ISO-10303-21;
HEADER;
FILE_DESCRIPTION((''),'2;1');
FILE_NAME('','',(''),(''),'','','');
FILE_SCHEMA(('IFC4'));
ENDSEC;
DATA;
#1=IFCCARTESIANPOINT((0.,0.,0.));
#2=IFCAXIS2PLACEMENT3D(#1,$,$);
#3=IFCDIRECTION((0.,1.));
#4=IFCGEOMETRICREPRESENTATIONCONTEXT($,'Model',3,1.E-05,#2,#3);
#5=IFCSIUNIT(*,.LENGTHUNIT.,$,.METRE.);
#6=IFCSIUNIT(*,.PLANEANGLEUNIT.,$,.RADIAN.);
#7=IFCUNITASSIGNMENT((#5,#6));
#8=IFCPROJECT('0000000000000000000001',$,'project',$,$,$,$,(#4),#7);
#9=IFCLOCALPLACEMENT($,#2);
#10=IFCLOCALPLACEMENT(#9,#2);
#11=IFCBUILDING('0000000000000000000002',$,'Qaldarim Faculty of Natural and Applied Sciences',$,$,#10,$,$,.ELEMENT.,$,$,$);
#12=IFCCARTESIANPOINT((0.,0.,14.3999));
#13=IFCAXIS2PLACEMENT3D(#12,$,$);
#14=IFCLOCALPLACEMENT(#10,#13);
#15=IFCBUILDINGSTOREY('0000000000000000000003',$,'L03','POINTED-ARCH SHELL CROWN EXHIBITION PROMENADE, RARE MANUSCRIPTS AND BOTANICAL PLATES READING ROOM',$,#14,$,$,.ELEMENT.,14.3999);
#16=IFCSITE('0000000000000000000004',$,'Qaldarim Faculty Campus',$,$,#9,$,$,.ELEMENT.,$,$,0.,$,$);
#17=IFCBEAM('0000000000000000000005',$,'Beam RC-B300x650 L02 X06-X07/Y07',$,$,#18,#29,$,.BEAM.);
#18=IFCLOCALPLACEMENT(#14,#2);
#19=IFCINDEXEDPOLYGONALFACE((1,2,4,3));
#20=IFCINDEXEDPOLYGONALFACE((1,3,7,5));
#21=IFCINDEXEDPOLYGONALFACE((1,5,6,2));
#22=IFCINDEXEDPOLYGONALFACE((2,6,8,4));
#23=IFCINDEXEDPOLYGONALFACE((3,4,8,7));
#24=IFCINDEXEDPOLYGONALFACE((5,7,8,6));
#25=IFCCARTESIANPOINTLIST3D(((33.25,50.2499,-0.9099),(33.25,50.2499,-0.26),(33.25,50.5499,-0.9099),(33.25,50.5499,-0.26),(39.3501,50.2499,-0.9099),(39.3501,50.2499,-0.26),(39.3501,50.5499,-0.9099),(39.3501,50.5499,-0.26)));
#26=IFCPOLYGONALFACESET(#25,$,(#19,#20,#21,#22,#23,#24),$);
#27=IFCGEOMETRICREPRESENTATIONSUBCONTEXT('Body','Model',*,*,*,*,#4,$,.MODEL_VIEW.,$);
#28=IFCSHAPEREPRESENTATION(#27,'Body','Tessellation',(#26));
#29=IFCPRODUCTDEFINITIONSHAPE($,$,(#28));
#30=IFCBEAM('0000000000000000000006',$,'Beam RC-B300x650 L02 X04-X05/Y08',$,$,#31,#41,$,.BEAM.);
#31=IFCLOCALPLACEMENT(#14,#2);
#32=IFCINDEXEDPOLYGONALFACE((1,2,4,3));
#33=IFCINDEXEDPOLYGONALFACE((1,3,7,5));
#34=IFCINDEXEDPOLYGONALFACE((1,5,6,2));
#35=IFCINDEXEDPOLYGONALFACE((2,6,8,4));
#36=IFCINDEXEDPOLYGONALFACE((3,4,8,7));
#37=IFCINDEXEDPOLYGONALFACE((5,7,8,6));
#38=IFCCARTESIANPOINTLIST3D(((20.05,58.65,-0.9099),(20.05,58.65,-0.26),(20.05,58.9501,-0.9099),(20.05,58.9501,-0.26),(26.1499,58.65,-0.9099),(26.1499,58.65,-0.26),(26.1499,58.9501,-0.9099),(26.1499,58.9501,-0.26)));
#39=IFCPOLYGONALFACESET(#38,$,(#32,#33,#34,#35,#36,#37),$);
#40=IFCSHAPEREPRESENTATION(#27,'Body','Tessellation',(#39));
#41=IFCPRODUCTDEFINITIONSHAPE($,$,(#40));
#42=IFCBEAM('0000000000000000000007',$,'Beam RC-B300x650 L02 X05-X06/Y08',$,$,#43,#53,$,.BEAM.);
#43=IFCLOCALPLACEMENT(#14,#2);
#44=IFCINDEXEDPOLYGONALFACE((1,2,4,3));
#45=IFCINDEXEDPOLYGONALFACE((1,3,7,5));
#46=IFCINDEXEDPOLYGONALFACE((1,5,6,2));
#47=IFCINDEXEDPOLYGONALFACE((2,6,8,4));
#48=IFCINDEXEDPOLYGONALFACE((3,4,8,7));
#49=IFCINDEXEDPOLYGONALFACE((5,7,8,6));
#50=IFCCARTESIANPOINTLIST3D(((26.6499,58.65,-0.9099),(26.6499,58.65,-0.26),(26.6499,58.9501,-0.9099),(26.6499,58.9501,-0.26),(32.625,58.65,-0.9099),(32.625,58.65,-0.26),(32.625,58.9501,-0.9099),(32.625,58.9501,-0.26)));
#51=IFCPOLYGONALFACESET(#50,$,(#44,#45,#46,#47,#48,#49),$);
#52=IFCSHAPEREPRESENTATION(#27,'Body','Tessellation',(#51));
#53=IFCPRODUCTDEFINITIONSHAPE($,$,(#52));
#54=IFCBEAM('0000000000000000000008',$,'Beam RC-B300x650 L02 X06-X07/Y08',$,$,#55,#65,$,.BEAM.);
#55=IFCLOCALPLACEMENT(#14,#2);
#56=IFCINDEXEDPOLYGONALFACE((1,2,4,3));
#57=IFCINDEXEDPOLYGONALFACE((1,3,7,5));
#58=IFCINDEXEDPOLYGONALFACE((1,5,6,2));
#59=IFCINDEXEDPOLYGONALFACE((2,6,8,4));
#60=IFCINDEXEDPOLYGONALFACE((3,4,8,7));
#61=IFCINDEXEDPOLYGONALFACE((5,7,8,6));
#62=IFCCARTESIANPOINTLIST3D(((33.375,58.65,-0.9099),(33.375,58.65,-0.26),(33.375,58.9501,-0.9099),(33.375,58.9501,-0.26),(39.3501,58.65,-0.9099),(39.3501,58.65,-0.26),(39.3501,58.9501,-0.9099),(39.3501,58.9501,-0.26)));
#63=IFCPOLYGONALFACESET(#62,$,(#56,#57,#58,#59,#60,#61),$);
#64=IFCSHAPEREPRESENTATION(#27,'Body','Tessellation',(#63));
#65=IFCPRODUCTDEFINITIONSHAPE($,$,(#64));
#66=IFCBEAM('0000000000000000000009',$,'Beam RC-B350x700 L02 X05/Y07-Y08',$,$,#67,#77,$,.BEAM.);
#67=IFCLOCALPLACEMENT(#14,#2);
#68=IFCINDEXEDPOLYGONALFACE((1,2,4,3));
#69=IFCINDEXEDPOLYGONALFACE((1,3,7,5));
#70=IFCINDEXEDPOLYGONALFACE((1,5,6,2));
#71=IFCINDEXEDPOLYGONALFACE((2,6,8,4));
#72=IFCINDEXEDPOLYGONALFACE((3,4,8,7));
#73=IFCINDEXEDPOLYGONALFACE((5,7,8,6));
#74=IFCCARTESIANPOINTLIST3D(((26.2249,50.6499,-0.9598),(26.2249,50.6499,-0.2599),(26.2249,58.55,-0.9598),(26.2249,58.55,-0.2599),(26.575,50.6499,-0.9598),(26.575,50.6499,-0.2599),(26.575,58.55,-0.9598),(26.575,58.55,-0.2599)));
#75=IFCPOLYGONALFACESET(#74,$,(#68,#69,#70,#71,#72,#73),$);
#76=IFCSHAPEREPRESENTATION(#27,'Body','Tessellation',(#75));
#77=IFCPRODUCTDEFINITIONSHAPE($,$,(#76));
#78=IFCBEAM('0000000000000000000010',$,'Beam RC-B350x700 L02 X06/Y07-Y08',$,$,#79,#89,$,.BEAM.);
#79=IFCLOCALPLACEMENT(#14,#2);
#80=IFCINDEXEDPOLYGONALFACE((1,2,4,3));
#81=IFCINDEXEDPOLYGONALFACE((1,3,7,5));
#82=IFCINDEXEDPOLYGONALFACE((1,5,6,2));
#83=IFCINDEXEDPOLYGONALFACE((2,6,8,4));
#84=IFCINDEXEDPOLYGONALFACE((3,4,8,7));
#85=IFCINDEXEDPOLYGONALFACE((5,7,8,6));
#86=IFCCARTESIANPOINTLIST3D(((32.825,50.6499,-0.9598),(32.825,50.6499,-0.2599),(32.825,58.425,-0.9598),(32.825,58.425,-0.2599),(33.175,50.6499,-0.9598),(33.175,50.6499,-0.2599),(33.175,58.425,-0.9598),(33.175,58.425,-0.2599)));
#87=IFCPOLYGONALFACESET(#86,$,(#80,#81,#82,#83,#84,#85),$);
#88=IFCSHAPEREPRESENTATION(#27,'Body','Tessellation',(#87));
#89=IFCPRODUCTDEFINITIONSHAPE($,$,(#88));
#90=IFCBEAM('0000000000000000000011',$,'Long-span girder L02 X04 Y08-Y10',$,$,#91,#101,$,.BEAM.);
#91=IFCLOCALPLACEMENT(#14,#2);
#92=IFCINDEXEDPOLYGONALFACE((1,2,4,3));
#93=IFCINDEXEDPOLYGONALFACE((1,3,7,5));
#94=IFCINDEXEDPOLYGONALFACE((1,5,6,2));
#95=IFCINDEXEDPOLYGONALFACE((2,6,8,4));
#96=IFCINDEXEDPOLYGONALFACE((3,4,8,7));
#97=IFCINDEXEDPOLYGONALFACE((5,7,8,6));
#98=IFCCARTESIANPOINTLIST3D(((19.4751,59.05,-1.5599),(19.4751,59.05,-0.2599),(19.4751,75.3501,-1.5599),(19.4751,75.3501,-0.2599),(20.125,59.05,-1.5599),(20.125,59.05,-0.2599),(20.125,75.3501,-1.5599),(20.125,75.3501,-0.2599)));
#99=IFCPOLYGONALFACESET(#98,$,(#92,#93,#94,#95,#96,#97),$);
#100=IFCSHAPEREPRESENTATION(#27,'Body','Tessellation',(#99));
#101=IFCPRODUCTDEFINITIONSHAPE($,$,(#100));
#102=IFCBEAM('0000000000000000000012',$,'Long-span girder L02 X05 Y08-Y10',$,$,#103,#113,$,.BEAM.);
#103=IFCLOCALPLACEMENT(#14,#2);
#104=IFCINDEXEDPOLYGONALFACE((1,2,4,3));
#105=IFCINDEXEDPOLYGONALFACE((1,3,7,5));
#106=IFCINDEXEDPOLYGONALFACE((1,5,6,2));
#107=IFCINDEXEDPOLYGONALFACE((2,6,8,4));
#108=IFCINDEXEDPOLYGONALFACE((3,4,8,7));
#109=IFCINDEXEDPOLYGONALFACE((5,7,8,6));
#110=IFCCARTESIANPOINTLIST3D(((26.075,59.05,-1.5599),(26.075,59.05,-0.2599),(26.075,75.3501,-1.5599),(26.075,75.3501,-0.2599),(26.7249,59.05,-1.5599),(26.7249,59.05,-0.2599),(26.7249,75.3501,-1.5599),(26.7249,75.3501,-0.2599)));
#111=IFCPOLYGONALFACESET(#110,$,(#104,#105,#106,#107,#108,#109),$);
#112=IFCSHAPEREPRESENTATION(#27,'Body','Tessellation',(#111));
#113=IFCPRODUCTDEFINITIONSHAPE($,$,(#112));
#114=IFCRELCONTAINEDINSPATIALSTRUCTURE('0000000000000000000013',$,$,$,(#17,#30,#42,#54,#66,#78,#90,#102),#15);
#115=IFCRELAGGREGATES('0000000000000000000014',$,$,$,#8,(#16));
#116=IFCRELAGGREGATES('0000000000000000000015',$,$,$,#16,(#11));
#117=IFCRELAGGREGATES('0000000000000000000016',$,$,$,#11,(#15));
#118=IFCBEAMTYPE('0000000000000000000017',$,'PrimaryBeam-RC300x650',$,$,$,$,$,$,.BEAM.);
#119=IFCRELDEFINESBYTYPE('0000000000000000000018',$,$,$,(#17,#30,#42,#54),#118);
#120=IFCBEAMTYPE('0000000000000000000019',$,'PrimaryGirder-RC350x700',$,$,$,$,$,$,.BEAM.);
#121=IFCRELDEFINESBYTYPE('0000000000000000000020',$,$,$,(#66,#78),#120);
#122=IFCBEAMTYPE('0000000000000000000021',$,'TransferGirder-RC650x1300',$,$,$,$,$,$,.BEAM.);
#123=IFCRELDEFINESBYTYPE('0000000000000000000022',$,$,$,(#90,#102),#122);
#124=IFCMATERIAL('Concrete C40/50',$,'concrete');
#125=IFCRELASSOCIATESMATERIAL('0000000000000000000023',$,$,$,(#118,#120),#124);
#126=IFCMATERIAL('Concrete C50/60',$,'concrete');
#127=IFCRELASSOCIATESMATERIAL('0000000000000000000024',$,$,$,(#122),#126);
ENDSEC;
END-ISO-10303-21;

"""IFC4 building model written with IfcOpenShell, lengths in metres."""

from ifc_helpers import new_model, si_unit, direction, frame, origin, origin_2d, place, context, subcontext, project, spatial, rectangle, extrude, material, material_profile, profile_set, type_object, element, save


model = new_model("IFC4")

# Units and contexts
model_context = context("Model", 3, precision=1e-05, world=origin(), true_north=direction((0.0, 1.0)))
body_context = subcontext(model_context, "Body", "Model", "MODEL_VIEW")
ifc_project = project(units=[si_unit("LENGTHUNIT", "METRE"), si_unit("PLANEANGLEUNIT", "RADIAN")], contexts=[model_context])

# Site, building, storey
site_placement = place(None, origin())
site = spatial("IfcSite", under=ifc_project, at=site_placement, Name="Qaldarim Faculty Campus", CompositionType="ELEMENT", RefElevation=0.0)
building_placement = place(site_placement, origin())
building = spatial("IfcBuilding", under=site, at=building_placement, Name="Qaldarim Faculty of Natural and Applied Sciences", CompositionType="ELEMENT")
storey_placement = place(building_placement, frame((0.0, 0.0, 14.3999)))
storey = spatial("IfcBuildingStorey", under=building, at=storey_placement, Name="L03", Description="POINTED-ARCH SHELL CROWN EXHIBITION PROMENADE, RARE MANUSCRIPTS AND BOTANICAL PLATES READING ROOM", CompositionType="ELEMENT", Elevation=14.3999)

# Shared definitions
ifc_material_1 = material(Name="Concrete C50/60", Category="concrete")
ifc_material_2 = material(Name="Concrete C40/50", Category="concrete")

# Beams
ifc_material_profile_1 = material_profile(ifc_material_2, rectangle(XDim=0.3, YDim=0.6499, at=origin_2d()), Name="RC-B300x650")
ifc_profile_set_1 = profile_set([ifc_material_profile_1], Name="Concrete C40/50")
beam_type_1 = type_object("IfcBeamType", Name="PrimaryBeam-RC300x650", PredefinedType="BEAM", material=ifc_profile_set_1)
for number, where, z_axis, x_axis, name in (
    (1, (33.25, 50.3999, -0.585), (1.0, 0.0, 0.0), (0.0, 1.0, 0.0), "Beam RC-B300x650 L02 X06-X07/Y07"),
):
    element("IfcBeam", number, at=place(storey_placement, frame(where, z_axis=z_axis, x_axis=x_axis)), inside=storey, type_object=beam_type_1, Name=name, PredefinedType="BEAM", context=body_context, shape_type="SweptSolid", body=[
        extrude(rectangle(XDim=0.3, YDim=0.6499, at=origin_2d()), origin(), (0.0, 0.0, 1.0), 6.1001),
    ])
beam_1_placement = place(storey_placement, frame((20.05, 58.8, -0.585), z_axis=(1.0, 0.0, 0.0), x_axis=(0.0, 1.0, 0.0)))
element("IfcBeam", 2, at=beam_1_placement, inside=storey, type_object=beam_type_1, Name="Beam RC-B300x650 L02 X04-X05/Y08", PredefinedType="BEAM", context=body_context, shape_type="SweptSolid", body=[
    extrude(rectangle(XDim=0.3, YDim=0.6499, at=origin_2d()), origin(), (0.0, 0.0, 1.0), 6.0999),
])
for number, where, z_axis, x_axis, name in (
    (3, (26.6499, 58.8, -0.585), (1.0, 0.0, 0.0), (0.0, 1.0, 0.0), "Beam RC-B300x650 L02 X05-X06/Y08"),
    (4, (33.375, 58.8, -0.585), (1.0, 0.0, 0.0), (0.0, 1.0, 0.0), "Beam RC-B300x650 L02 X06-X07/Y08"),
):
    element("IfcBeam", number, at=place(storey_placement, frame(where, z_axis=z_axis, x_axis=x_axis)), inside=storey, type_object=beam_type_1, Name=name, PredefinedType="BEAM", context=body_context, shape_type="SweptSolid", body=[
        extrude(rectangle(XDim=0.3, YDim=0.6499, at=origin_2d()), origin(), (0.0, 0.0, 1.0), 5.9751),
    ])
ifc_material_profile_2 = material_profile(ifc_material_2, rectangle(XDim=0.3501, YDim=0.7, at=origin_2d()), Name="RC-B350x700")
ifc_profile_set_2 = profile_set([ifc_material_profile_2], Name="Concrete C40/50")
beam_type_2 = type_object("IfcBeamType", Name="PrimaryGirder-RC350x700", PredefinedType="BEAM", material=ifc_profile_set_2)
beam_2_placement = place(storey_placement, frame((26.3999, 50.6499, -0.6099), z_axis=(0.0, 1.0, 0.0), x_axis=(-1.0, 0.0, 0.0)))
element("IfcBeam", 5, at=beam_2_placement, inside=storey, type_object=beam_type_2, Name="Beam RC-B350x700 L02 X05/Y07-Y08", PredefinedType="BEAM", context=body_context, shape_type="SweptSolid", body=[
    extrude(rectangle(XDim=0.3501, YDim=0.7, at=origin_2d()), origin(), (0.0, 0.0, 1.0), 7.9001),
])
beam_3_placement = place(storey_placement, frame((33.0, 50.6499, -0.6099), z_axis=(0.0, 1.0, 0.0), x_axis=(-1.0, 0.0, 0.0)))
element("IfcBeam", 6, at=beam_3_placement, inside=storey, type_object=beam_type_2, Name="Beam RC-B350x700 L02 X06/Y07-Y08", PredefinedType="BEAM", context=body_context, shape_type="SweptSolid", body=[
    extrude(rectangle(XDim=0.3501, YDim=0.7, at=origin_2d()), origin(), (0.0, 0.0, 1.0), 7.7751),
])
ifc_material_profile_3 = material_profile(ifc_material_1, rectangle(XDim=0.6499, YDim=1.3, at=origin_2d()), Name="RC-TG650x1300")
ifc_profile_set_3 = profile_set([ifc_material_profile_3], Name="Concrete C50/60")
beam_type_3 = type_object("IfcBeamType", Name="TransferGirder-RC650x1300", PredefinedType="BEAM", material=ifc_profile_set_3)
for number, where, z_axis, x_axis, name in (
    (7, (19.8, 59.05, -0.9099), (0.0, 1.0, 0.0), (-1.0, 0.0, 0.0), "Long-span girder L02 X04 Y08-Y10"),
    (8, (26.3999, 59.05, -0.9099), (0.0, 1.0, 0.0), (-1.0, 0.0, 0.0), "Long-span girder L02 X05 Y08-Y10"),
):
    element("IfcBeam", number, at=place(storey_placement, frame(where, z_axis=z_axis, x_axis=x_axis)), inside=storey, type_object=beam_type_3, Name=name, PredefinedType="BEAM", context=body_context, shape_type="SweptSolid", body=[
        extrude(rectangle(XDim=0.6499, YDim=1.3, at=origin_2d()), origin(), (0.0, 0.0, 1.0), 16.3),
    ])

save(model, "model.ifc")
